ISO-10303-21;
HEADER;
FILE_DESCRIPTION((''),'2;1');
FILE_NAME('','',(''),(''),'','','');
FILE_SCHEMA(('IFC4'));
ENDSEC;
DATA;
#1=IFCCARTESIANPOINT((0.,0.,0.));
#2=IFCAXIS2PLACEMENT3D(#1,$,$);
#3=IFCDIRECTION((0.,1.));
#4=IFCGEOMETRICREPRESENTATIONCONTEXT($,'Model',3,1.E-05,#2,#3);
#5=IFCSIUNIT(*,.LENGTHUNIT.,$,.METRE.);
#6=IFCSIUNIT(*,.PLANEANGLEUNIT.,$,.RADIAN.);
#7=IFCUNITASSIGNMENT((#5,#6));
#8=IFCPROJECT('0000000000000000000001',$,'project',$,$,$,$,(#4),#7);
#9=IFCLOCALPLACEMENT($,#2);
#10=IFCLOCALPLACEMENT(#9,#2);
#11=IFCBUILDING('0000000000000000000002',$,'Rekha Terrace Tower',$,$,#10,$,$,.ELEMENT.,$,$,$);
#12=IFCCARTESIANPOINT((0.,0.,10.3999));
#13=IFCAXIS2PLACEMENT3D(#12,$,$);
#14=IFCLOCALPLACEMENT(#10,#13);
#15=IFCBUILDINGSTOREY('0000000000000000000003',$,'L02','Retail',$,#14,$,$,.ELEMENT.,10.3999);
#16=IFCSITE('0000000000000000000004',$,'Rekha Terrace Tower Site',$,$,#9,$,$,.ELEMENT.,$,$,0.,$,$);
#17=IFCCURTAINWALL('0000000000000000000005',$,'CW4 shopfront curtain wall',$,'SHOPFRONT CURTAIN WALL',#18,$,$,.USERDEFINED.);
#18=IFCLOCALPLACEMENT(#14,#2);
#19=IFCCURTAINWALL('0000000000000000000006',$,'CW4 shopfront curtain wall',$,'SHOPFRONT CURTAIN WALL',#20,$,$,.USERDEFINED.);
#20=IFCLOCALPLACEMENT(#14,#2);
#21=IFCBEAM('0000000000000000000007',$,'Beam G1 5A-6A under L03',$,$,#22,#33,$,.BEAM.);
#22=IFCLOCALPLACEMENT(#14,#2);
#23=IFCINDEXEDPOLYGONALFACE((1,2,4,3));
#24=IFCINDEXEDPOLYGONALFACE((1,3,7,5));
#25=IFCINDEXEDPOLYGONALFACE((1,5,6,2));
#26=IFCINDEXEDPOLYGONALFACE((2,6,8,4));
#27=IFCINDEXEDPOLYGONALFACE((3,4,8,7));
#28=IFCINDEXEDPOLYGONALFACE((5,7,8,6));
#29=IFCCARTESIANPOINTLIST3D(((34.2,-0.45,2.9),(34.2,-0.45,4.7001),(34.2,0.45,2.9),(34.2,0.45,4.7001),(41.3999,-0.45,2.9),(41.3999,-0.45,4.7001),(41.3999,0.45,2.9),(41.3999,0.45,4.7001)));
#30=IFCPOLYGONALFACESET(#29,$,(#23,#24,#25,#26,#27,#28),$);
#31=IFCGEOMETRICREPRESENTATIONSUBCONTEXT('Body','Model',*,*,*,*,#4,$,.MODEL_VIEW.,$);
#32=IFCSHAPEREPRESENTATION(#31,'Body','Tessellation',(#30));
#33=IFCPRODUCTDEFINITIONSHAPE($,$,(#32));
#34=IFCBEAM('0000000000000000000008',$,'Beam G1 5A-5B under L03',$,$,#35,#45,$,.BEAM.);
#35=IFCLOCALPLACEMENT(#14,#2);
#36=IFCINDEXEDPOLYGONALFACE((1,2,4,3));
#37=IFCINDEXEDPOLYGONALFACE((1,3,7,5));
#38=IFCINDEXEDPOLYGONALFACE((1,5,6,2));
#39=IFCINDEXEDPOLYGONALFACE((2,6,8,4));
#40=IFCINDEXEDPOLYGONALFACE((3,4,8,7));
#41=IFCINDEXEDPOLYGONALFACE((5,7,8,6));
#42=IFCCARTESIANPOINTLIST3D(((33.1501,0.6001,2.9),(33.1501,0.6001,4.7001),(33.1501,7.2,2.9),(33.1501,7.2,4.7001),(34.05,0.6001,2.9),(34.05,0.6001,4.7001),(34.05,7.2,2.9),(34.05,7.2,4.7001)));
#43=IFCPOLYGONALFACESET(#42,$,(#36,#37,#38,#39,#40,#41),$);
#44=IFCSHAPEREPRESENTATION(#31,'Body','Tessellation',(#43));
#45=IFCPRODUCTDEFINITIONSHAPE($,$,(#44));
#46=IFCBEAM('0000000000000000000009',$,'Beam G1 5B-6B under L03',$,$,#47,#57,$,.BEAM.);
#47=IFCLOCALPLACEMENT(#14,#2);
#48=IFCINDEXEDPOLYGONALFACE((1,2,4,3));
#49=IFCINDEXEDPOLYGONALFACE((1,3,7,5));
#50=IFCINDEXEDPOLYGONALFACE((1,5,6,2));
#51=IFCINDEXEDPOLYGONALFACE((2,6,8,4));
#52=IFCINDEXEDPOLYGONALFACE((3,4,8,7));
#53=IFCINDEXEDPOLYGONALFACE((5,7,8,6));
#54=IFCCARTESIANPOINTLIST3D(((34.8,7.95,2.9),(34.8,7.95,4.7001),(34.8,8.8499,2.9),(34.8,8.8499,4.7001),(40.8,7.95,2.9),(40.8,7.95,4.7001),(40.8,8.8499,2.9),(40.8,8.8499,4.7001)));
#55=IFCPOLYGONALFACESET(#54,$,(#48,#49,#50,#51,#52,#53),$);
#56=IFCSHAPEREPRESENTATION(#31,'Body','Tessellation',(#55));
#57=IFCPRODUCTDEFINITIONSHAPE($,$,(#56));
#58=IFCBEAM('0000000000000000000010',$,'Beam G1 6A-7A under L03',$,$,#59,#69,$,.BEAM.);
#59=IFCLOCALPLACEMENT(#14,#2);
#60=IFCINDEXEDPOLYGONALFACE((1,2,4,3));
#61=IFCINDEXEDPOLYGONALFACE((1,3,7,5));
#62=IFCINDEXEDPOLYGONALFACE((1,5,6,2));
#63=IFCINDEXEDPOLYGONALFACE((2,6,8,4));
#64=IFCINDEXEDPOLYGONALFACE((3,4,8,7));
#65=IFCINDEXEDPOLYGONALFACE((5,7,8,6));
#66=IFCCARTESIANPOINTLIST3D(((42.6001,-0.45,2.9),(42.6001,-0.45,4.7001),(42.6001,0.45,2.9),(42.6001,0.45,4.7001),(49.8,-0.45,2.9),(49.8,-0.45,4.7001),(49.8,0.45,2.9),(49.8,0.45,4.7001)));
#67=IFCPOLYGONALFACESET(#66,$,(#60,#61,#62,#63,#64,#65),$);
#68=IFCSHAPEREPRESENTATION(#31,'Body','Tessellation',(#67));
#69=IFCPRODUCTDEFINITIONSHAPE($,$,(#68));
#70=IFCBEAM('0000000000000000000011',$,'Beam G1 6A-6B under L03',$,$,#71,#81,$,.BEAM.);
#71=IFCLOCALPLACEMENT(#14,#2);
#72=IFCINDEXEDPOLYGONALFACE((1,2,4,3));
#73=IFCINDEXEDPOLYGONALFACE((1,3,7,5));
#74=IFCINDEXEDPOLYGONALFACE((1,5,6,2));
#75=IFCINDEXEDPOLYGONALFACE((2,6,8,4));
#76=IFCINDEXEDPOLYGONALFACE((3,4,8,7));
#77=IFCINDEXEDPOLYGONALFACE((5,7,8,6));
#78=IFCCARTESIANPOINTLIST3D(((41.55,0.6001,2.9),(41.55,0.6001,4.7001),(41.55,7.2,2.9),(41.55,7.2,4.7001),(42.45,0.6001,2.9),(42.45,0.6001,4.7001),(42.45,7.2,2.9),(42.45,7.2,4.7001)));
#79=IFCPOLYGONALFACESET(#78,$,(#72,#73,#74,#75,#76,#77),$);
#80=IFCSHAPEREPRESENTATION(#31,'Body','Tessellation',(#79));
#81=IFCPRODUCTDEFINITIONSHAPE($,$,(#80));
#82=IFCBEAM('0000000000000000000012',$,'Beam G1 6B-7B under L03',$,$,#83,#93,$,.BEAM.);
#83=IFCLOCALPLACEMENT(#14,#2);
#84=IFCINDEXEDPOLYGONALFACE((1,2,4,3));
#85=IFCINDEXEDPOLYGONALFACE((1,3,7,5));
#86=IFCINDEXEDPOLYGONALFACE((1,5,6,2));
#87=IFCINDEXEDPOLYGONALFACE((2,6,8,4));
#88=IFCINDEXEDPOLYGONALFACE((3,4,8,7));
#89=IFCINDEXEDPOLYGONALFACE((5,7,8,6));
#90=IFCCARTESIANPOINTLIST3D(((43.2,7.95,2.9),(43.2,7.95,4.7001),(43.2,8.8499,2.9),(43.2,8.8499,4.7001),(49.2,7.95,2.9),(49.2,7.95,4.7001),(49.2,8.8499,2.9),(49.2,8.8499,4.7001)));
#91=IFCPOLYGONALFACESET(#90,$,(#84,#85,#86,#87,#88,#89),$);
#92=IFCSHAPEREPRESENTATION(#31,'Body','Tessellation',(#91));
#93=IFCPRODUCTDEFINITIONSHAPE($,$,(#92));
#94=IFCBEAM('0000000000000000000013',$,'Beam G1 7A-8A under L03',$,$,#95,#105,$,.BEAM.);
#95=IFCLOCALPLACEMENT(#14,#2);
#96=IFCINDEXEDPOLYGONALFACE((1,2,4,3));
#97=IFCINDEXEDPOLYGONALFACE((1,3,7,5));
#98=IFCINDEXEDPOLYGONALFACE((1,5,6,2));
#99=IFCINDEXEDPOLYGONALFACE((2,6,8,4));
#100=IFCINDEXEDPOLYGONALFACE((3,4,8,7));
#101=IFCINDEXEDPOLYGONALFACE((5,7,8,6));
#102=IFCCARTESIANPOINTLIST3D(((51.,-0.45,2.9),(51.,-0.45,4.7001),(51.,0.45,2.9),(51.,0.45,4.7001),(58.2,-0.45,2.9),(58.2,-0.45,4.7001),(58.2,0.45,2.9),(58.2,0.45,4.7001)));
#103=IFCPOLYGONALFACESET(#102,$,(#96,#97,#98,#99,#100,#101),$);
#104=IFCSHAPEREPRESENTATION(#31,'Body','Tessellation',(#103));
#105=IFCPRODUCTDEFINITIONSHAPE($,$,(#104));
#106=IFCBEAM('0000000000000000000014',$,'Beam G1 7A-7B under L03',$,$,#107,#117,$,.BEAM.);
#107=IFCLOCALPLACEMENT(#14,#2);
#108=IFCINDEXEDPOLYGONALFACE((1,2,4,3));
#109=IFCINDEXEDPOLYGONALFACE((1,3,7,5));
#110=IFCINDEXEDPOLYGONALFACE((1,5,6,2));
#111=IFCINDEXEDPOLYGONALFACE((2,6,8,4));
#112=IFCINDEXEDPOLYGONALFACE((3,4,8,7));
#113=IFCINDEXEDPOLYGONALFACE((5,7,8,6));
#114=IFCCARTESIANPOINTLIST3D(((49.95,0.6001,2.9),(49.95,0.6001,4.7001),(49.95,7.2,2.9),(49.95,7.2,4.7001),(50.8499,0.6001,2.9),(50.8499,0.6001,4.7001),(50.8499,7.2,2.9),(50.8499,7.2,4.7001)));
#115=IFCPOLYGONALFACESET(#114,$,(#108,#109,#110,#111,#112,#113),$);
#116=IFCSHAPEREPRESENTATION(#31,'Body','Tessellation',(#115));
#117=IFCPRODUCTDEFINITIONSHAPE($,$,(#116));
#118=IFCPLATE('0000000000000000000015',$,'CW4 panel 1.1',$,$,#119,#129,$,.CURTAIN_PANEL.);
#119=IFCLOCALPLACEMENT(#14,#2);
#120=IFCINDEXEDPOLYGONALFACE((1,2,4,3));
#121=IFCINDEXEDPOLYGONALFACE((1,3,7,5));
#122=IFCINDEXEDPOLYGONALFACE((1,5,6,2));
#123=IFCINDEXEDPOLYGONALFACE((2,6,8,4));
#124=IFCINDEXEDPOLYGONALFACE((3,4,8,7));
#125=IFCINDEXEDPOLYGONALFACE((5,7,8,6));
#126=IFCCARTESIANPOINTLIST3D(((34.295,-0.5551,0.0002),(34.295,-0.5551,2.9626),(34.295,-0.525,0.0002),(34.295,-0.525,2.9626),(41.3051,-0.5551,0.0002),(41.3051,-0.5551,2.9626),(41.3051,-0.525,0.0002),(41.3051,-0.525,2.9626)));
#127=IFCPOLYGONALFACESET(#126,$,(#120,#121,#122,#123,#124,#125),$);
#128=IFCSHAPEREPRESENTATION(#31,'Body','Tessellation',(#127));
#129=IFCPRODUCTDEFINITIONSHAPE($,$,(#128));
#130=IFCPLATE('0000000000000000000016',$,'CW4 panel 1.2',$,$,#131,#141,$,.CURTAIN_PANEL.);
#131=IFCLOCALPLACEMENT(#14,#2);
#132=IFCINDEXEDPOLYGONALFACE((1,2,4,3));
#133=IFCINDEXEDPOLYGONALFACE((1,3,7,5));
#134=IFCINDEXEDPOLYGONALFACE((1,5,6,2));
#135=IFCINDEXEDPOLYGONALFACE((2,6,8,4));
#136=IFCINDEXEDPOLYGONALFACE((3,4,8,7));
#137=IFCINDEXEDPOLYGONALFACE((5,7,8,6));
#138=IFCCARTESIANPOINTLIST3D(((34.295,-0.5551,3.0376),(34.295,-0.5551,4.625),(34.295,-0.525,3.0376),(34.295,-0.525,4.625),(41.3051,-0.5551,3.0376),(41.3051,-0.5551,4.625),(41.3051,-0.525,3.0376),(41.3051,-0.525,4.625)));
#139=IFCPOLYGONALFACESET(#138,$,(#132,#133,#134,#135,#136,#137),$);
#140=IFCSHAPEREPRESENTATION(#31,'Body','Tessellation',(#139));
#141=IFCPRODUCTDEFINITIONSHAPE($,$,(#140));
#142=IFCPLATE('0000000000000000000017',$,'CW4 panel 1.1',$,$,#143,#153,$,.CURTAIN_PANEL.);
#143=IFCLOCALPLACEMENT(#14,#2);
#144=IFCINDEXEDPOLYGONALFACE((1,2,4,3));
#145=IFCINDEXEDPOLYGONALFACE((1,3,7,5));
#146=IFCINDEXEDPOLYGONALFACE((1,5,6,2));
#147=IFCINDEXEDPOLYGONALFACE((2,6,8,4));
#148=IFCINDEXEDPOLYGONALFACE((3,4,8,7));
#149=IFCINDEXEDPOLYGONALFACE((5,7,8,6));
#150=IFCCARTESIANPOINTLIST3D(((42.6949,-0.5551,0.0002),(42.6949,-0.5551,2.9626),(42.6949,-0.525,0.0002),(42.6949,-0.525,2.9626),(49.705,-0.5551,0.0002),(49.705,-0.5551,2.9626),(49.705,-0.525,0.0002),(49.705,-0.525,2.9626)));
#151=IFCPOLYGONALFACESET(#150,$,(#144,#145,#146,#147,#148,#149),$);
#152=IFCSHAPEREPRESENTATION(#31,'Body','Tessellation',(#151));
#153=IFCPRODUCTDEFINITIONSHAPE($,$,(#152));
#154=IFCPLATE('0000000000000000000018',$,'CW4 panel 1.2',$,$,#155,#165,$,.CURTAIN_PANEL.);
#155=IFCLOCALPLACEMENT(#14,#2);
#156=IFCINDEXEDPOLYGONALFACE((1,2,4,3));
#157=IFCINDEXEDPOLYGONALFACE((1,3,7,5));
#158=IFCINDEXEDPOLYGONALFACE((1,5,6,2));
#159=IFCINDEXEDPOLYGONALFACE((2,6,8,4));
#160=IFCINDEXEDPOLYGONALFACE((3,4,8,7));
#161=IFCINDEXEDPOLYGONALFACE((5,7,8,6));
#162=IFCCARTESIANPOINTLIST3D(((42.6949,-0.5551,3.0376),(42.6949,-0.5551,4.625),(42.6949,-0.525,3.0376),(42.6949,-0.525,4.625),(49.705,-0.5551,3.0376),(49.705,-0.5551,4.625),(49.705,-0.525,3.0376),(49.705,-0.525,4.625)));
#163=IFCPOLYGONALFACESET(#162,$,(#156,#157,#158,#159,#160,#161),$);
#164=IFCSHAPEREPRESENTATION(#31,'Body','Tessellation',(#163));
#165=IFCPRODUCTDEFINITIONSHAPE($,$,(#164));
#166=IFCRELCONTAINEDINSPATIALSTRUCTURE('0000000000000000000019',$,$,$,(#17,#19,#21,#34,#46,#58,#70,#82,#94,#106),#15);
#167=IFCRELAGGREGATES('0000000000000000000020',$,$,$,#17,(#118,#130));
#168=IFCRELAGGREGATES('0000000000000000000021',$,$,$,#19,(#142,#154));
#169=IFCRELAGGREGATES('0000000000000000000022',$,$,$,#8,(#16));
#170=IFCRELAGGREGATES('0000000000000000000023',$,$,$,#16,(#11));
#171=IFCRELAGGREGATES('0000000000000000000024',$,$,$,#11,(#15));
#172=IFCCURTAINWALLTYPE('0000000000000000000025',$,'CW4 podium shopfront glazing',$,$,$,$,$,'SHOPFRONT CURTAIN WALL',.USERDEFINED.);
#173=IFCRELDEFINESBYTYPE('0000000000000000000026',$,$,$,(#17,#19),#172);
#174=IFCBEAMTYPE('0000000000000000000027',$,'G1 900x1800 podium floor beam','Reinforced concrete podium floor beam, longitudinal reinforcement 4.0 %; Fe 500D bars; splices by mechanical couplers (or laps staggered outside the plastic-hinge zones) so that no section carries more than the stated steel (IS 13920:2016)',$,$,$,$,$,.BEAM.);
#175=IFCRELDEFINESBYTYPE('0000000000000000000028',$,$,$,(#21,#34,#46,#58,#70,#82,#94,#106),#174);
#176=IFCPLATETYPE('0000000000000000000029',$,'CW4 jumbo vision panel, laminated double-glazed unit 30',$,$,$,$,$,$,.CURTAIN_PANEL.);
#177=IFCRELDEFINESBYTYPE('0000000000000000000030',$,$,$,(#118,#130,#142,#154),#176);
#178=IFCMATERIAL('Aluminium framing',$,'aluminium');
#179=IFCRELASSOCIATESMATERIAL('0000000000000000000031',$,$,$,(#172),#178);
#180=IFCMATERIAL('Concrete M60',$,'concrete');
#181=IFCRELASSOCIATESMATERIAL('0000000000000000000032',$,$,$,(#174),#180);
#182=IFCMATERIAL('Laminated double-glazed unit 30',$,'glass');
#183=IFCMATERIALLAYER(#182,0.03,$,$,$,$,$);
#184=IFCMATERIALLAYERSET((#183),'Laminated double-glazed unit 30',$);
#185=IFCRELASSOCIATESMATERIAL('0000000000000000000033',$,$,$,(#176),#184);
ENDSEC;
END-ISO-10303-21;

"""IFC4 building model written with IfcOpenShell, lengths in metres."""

from ifc_helpers import new_model, si_unit, direction, frame, origin, origin_2d, place, context, subcontext, project, spatial, rectangle, extrude, material, layer, layer_set, material_profile, profile_set, type_object, element, aggregate, save


model = new_model("IFC4")

# Units and contexts
model_context = context("Model", 3, precision=1e-05, world=origin(), true_north=direction((0.0, 1.0)))
body_context = subcontext(model_context, "Body", "Model", "MODEL_VIEW")
ifc_project = project(units=[si_unit("LENGTHUNIT", "METRE"), si_unit("PLANEANGLEUNIT", "RADIAN")], contexts=[model_context])

# Site, building, storey
site_placement = place(None, origin())
site = spatial("IfcSite", under=ifc_project, at=site_placement, Name="Rekha Terrace Tower Site", CompositionType="ELEMENT", RefElevation=0.0)
building_placement = place(site_placement, origin())
building = spatial("IfcBuilding", under=site, at=building_placement, Name="Rekha Terrace Tower", CompositionType="ELEMENT")
storey_placement = place(building_placement, frame((0.0, 0.0, 10.3999)))
storey = spatial("IfcBuildingStorey", under=building, at=storey_placement, Name="L02", Description="Retail", CompositionType="ELEMENT", Elevation=10.3999)

# Shared definitions
ifc_material_1 = material(Name="Concrete M60", Category="concrete")

# Curtain walls
ifc_material_2 = material(Name="Aluminium framing", Category="aluminium")
curtain_wall_type = type_object("IfcCurtainWallType", Name="CW4 podium shopfront glazing", ElementType="SHOPFRONT CURTAIN WALL", PredefinedType="USERDEFINED", material=ifc_material_2)
curtain_wall_1_placement = place(storey_placement, origin())
curtain_wall_1 = element("IfcCurtainWall", 1, at=curtain_wall_1_placement, inside=storey, type_object=curtain_wall_type, Name="CW4 shopfront curtain wall", ObjectType="SHOPFRONT CURTAIN WALL", PredefinedType="USERDEFINED")
curtain_wall_2_placement = place(storey_placement, origin())
curtain_wall_2 = element("IfcCurtainWall", 2, at=curtain_wall_2_placement, inside=storey, type_object=curtain_wall_type, Name="CW4 shopfront curtain wall", ObjectType="SHOPFRONT CURTAIN WALL", PredefinedType="USERDEFINED")

# Beams
ifc_material_profile_1 = material_profile(ifc_material_1, rectangle(XDim=0.8999, YDim=1.8, at=origin_2d()), Name="RC 900x1800")
ifc_profile_set_1 = profile_set([ifc_material_profile_1], Name="Concrete M60")
beam_type = type_object("IfcBeamType", Name="G1 900x1800 podium floor beam", Description="Reinforced concrete podium floor beam, longitudinal reinforcement 4.0 %; Fe 500D bars; splices by mechanical couplers (or laps staggered outside the plastic-hinge zones) so that no section carries more than the stated steel (IS 13920:2016)", PredefinedType="BEAM", material=ifc_profile_set_1)
beam_1_placement = place(storey_placement, frame((34.2, 0.0, 3.8), z_axis=(1.0, 0.0, 0.0), x_axis=(0.0, 1.0, 0.0)))
element("IfcBeam", 3, at=beam_1_placement, inside=storey, type_object=beam_type, Name="Beam G1 5A-6A under L03", PredefinedType="BEAM", context=body_context, shape_type="SweptSolid", body=[
    extrude(rectangle(XDim=0.8999, YDim=1.8, at=origin_2d()), origin(), (0.0, 0.0, 1.0), 7.2),
])
beam_2_placement = place(storey_placement, frame((33.6001, 0.6001, 3.8), z_axis=(0.0, 1.0, 0.0), x_axis=(-1.0, 0.0, 0.0)))
element("IfcBeam", 4, at=beam_2_placement, inside=storey, type_object=beam_type, Name="Beam G1 5A-5B under L03", PredefinedType="BEAM", context=body_context, shape_type="SweptSolid", body=[
    extrude(rectangle(XDim=0.8999, YDim=1.8, at=origin_2d()), origin(), (0.0, 0.0, 1.0), 6.5999),
])
beam_3_placement = place(storey_placement, frame((34.8, 8.3999, 3.8), z_axis=(1.0, 0.0, 0.0), x_axis=(0.0, 1.0, 0.0)))
element("IfcBeam", 5, at=beam_3_placement, inside=storey, type_object=beam_type, Name="Beam G1 5B-6B under L03", PredefinedType="BEAM", context=body_context, shape_type="SweptSolid", body=[
    extrude(rectangle(XDim=0.8999, YDim=1.8, at=origin_2d()), origin(), (0.0, 0.0, 1.0), 6.0),
])
beam_4_placement = place(storey_placement, frame((42.6001, 0.0, 3.8), z_axis=(1.0, 0.0, 0.0), x_axis=(0.0, 1.0, 0.0)))
element("IfcBeam", 6, at=beam_4_placement, inside=storey, type_object=beam_type, Name="Beam G1 6A-7A under L03", PredefinedType="BEAM", context=body_context, shape_type="SweptSolid", body=[
    extrude(rectangle(XDim=0.8999, YDim=1.8, at=origin_2d()), origin(), (0.0, 0.0, 1.0), 7.2),
])
beam_5_placement = place(storey_placement, frame((42.0, 0.6001, 3.8), z_axis=(0.0, 1.0, 0.0), x_axis=(-1.0, 0.0, 0.0)))
element("IfcBeam", 7, at=beam_5_placement, inside=storey, type_object=beam_type, Name="Beam G1 6A-6B under L03", PredefinedType="BEAM", context=body_context, shape_type="SweptSolid", body=[
    extrude(rectangle(XDim=0.8999, YDim=1.8, at=origin_2d()), origin(), (0.0, 0.0, 1.0), 6.5999),
])
beam_6_placement = place(storey_placement, frame((43.2, 8.3999, 3.8), z_axis=(1.0, 0.0, 0.0), x_axis=(0.0, 1.0, 0.0)))
element("IfcBeam", 8, at=beam_6_placement, inside=storey, type_object=beam_type, Name="Beam G1 6B-7B under L03", PredefinedType="BEAM", context=body_context, shape_type="SweptSolid", body=[
    extrude(rectangle(XDim=0.8999, YDim=1.8, at=origin_2d()), origin(), (0.0, 0.0, 1.0), 6.0),
])
beam_7_placement = place(storey_placement, frame((51.0, 0.0, 3.8), z_axis=(1.0, 0.0, 0.0), x_axis=(0.0, 1.0, 0.0)))
element("IfcBeam", 9, at=beam_7_placement, inside=storey, type_object=beam_type, Name="Beam G1 7A-8A under L03", PredefinedType="BEAM", context=body_context, shape_type="SweptSolid", body=[
    extrude(rectangle(XDim=0.8999, YDim=1.8, at=origin_2d()), origin(), (0.0, 0.0, 1.0), 7.2),
])
beam_8_placement = place(storey_placement, frame((50.3999, 0.6001, 3.8), z_axis=(0.0, 1.0, 0.0), x_axis=(-1.0, 0.0, 0.0)))
element("IfcBeam", 10, at=beam_8_placement, inside=storey, type_object=beam_type, Name="Beam G1 7A-7B under L03", PredefinedType="BEAM", context=body_context, shape_type="SweptSolid", body=[
    extrude(rectangle(XDim=0.8999, YDim=1.8, at=origin_2d()), origin(), (0.0, 0.0, 1.0), 6.5999),
])

# Plates
ifc_material_3 = material(Name="Laminated double-glazed unit 30", Category="glass")
ifc_layer = layer(ifc_material_3, 0.03)
ifc_layer_set = layer_set([ifc_layer], Name="Laminated double-glazed unit 30")
plate_type = type_object("IfcPlateType", Name="CW4 jumbo vision panel, laminated double-glazed unit 30", PredefinedType="CURTAIN_PANEL", material=ifc_layer_set)
plate_1_placement = place(storey_placement, frame((37.8, -0.54, 0.0002), z_axis=(0.0, 0.0, 1.0), x_axis=(1.0, 0.0, 0.0)))
plate_1 = element("IfcPlate", 11, at=plate_1_placement, type_object=plate_type, Name="CW4 panel 1.1", PredefinedType="CURTAIN_PANEL", context=body_context, shape_type="SweptSolid", body=[
    extrude(rectangle(XDim=7.01, YDim=0.03, at=origin_2d()), origin(), (0.0, 0.0, 1.0), 2.9624),
])
plate_2_placement = place(storey_placement, frame((37.8, -0.54, 3.0376), z_axis=(0.0, 0.0, 1.0), x_axis=(1.0, 0.0, 0.0)))
plate_2 = element("IfcPlate", 12, at=plate_2_placement, type_object=plate_type, Name="CW4 panel 1.2", PredefinedType="CURTAIN_PANEL", context=body_context, shape_type="SweptSolid", body=[
    extrude(rectangle(XDim=7.01, YDim=0.03, at=origin_2d()), origin(), (0.0, 0.0, 1.0), 1.5874),
])
aggregate(curtain_wall_1, [plate_1, plate_2])
plate_3_placement = place(storey_placement, frame((46.2, -0.54, 0.0002), z_axis=(0.0, 0.0, 1.0), x_axis=(1.0, 0.0, 0.0)))
plate_3 = element("IfcPlate", 13, at=plate_3_placement, type_object=plate_type, Name="CW4 panel 1.1", PredefinedType="CURTAIN_PANEL", context=body_context, shape_type="SweptSolid", body=[
    extrude(rectangle(XDim=7.01, YDim=0.03, at=origin_2d()), origin(), (0.0, 0.0, 1.0), 2.9624),
])
plate_4_placement = place(storey_placement, frame((46.2, -0.54, 3.0376), z_axis=(0.0, 0.0, 1.0), x_axis=(1.0, 0.0, 0.0)))
plate_4 = element("IfcPlate", 14, at=plate_4_placement, type_object=plate_type, Name="CW4 panel 1.2", PredefinedType="CURTAIN_PANEL", context=body_context, shape_type="SweptSolid", body=[
    extrude(rectangle(XDim=7.01, YDim=0.03, at=origin_2d()), origin(), (0.0, 0.0, 1.0), 1.5874),
])
aggregate(curtain_wall_2, [plate_3, plate_4])

save(model, "model.ifc")
